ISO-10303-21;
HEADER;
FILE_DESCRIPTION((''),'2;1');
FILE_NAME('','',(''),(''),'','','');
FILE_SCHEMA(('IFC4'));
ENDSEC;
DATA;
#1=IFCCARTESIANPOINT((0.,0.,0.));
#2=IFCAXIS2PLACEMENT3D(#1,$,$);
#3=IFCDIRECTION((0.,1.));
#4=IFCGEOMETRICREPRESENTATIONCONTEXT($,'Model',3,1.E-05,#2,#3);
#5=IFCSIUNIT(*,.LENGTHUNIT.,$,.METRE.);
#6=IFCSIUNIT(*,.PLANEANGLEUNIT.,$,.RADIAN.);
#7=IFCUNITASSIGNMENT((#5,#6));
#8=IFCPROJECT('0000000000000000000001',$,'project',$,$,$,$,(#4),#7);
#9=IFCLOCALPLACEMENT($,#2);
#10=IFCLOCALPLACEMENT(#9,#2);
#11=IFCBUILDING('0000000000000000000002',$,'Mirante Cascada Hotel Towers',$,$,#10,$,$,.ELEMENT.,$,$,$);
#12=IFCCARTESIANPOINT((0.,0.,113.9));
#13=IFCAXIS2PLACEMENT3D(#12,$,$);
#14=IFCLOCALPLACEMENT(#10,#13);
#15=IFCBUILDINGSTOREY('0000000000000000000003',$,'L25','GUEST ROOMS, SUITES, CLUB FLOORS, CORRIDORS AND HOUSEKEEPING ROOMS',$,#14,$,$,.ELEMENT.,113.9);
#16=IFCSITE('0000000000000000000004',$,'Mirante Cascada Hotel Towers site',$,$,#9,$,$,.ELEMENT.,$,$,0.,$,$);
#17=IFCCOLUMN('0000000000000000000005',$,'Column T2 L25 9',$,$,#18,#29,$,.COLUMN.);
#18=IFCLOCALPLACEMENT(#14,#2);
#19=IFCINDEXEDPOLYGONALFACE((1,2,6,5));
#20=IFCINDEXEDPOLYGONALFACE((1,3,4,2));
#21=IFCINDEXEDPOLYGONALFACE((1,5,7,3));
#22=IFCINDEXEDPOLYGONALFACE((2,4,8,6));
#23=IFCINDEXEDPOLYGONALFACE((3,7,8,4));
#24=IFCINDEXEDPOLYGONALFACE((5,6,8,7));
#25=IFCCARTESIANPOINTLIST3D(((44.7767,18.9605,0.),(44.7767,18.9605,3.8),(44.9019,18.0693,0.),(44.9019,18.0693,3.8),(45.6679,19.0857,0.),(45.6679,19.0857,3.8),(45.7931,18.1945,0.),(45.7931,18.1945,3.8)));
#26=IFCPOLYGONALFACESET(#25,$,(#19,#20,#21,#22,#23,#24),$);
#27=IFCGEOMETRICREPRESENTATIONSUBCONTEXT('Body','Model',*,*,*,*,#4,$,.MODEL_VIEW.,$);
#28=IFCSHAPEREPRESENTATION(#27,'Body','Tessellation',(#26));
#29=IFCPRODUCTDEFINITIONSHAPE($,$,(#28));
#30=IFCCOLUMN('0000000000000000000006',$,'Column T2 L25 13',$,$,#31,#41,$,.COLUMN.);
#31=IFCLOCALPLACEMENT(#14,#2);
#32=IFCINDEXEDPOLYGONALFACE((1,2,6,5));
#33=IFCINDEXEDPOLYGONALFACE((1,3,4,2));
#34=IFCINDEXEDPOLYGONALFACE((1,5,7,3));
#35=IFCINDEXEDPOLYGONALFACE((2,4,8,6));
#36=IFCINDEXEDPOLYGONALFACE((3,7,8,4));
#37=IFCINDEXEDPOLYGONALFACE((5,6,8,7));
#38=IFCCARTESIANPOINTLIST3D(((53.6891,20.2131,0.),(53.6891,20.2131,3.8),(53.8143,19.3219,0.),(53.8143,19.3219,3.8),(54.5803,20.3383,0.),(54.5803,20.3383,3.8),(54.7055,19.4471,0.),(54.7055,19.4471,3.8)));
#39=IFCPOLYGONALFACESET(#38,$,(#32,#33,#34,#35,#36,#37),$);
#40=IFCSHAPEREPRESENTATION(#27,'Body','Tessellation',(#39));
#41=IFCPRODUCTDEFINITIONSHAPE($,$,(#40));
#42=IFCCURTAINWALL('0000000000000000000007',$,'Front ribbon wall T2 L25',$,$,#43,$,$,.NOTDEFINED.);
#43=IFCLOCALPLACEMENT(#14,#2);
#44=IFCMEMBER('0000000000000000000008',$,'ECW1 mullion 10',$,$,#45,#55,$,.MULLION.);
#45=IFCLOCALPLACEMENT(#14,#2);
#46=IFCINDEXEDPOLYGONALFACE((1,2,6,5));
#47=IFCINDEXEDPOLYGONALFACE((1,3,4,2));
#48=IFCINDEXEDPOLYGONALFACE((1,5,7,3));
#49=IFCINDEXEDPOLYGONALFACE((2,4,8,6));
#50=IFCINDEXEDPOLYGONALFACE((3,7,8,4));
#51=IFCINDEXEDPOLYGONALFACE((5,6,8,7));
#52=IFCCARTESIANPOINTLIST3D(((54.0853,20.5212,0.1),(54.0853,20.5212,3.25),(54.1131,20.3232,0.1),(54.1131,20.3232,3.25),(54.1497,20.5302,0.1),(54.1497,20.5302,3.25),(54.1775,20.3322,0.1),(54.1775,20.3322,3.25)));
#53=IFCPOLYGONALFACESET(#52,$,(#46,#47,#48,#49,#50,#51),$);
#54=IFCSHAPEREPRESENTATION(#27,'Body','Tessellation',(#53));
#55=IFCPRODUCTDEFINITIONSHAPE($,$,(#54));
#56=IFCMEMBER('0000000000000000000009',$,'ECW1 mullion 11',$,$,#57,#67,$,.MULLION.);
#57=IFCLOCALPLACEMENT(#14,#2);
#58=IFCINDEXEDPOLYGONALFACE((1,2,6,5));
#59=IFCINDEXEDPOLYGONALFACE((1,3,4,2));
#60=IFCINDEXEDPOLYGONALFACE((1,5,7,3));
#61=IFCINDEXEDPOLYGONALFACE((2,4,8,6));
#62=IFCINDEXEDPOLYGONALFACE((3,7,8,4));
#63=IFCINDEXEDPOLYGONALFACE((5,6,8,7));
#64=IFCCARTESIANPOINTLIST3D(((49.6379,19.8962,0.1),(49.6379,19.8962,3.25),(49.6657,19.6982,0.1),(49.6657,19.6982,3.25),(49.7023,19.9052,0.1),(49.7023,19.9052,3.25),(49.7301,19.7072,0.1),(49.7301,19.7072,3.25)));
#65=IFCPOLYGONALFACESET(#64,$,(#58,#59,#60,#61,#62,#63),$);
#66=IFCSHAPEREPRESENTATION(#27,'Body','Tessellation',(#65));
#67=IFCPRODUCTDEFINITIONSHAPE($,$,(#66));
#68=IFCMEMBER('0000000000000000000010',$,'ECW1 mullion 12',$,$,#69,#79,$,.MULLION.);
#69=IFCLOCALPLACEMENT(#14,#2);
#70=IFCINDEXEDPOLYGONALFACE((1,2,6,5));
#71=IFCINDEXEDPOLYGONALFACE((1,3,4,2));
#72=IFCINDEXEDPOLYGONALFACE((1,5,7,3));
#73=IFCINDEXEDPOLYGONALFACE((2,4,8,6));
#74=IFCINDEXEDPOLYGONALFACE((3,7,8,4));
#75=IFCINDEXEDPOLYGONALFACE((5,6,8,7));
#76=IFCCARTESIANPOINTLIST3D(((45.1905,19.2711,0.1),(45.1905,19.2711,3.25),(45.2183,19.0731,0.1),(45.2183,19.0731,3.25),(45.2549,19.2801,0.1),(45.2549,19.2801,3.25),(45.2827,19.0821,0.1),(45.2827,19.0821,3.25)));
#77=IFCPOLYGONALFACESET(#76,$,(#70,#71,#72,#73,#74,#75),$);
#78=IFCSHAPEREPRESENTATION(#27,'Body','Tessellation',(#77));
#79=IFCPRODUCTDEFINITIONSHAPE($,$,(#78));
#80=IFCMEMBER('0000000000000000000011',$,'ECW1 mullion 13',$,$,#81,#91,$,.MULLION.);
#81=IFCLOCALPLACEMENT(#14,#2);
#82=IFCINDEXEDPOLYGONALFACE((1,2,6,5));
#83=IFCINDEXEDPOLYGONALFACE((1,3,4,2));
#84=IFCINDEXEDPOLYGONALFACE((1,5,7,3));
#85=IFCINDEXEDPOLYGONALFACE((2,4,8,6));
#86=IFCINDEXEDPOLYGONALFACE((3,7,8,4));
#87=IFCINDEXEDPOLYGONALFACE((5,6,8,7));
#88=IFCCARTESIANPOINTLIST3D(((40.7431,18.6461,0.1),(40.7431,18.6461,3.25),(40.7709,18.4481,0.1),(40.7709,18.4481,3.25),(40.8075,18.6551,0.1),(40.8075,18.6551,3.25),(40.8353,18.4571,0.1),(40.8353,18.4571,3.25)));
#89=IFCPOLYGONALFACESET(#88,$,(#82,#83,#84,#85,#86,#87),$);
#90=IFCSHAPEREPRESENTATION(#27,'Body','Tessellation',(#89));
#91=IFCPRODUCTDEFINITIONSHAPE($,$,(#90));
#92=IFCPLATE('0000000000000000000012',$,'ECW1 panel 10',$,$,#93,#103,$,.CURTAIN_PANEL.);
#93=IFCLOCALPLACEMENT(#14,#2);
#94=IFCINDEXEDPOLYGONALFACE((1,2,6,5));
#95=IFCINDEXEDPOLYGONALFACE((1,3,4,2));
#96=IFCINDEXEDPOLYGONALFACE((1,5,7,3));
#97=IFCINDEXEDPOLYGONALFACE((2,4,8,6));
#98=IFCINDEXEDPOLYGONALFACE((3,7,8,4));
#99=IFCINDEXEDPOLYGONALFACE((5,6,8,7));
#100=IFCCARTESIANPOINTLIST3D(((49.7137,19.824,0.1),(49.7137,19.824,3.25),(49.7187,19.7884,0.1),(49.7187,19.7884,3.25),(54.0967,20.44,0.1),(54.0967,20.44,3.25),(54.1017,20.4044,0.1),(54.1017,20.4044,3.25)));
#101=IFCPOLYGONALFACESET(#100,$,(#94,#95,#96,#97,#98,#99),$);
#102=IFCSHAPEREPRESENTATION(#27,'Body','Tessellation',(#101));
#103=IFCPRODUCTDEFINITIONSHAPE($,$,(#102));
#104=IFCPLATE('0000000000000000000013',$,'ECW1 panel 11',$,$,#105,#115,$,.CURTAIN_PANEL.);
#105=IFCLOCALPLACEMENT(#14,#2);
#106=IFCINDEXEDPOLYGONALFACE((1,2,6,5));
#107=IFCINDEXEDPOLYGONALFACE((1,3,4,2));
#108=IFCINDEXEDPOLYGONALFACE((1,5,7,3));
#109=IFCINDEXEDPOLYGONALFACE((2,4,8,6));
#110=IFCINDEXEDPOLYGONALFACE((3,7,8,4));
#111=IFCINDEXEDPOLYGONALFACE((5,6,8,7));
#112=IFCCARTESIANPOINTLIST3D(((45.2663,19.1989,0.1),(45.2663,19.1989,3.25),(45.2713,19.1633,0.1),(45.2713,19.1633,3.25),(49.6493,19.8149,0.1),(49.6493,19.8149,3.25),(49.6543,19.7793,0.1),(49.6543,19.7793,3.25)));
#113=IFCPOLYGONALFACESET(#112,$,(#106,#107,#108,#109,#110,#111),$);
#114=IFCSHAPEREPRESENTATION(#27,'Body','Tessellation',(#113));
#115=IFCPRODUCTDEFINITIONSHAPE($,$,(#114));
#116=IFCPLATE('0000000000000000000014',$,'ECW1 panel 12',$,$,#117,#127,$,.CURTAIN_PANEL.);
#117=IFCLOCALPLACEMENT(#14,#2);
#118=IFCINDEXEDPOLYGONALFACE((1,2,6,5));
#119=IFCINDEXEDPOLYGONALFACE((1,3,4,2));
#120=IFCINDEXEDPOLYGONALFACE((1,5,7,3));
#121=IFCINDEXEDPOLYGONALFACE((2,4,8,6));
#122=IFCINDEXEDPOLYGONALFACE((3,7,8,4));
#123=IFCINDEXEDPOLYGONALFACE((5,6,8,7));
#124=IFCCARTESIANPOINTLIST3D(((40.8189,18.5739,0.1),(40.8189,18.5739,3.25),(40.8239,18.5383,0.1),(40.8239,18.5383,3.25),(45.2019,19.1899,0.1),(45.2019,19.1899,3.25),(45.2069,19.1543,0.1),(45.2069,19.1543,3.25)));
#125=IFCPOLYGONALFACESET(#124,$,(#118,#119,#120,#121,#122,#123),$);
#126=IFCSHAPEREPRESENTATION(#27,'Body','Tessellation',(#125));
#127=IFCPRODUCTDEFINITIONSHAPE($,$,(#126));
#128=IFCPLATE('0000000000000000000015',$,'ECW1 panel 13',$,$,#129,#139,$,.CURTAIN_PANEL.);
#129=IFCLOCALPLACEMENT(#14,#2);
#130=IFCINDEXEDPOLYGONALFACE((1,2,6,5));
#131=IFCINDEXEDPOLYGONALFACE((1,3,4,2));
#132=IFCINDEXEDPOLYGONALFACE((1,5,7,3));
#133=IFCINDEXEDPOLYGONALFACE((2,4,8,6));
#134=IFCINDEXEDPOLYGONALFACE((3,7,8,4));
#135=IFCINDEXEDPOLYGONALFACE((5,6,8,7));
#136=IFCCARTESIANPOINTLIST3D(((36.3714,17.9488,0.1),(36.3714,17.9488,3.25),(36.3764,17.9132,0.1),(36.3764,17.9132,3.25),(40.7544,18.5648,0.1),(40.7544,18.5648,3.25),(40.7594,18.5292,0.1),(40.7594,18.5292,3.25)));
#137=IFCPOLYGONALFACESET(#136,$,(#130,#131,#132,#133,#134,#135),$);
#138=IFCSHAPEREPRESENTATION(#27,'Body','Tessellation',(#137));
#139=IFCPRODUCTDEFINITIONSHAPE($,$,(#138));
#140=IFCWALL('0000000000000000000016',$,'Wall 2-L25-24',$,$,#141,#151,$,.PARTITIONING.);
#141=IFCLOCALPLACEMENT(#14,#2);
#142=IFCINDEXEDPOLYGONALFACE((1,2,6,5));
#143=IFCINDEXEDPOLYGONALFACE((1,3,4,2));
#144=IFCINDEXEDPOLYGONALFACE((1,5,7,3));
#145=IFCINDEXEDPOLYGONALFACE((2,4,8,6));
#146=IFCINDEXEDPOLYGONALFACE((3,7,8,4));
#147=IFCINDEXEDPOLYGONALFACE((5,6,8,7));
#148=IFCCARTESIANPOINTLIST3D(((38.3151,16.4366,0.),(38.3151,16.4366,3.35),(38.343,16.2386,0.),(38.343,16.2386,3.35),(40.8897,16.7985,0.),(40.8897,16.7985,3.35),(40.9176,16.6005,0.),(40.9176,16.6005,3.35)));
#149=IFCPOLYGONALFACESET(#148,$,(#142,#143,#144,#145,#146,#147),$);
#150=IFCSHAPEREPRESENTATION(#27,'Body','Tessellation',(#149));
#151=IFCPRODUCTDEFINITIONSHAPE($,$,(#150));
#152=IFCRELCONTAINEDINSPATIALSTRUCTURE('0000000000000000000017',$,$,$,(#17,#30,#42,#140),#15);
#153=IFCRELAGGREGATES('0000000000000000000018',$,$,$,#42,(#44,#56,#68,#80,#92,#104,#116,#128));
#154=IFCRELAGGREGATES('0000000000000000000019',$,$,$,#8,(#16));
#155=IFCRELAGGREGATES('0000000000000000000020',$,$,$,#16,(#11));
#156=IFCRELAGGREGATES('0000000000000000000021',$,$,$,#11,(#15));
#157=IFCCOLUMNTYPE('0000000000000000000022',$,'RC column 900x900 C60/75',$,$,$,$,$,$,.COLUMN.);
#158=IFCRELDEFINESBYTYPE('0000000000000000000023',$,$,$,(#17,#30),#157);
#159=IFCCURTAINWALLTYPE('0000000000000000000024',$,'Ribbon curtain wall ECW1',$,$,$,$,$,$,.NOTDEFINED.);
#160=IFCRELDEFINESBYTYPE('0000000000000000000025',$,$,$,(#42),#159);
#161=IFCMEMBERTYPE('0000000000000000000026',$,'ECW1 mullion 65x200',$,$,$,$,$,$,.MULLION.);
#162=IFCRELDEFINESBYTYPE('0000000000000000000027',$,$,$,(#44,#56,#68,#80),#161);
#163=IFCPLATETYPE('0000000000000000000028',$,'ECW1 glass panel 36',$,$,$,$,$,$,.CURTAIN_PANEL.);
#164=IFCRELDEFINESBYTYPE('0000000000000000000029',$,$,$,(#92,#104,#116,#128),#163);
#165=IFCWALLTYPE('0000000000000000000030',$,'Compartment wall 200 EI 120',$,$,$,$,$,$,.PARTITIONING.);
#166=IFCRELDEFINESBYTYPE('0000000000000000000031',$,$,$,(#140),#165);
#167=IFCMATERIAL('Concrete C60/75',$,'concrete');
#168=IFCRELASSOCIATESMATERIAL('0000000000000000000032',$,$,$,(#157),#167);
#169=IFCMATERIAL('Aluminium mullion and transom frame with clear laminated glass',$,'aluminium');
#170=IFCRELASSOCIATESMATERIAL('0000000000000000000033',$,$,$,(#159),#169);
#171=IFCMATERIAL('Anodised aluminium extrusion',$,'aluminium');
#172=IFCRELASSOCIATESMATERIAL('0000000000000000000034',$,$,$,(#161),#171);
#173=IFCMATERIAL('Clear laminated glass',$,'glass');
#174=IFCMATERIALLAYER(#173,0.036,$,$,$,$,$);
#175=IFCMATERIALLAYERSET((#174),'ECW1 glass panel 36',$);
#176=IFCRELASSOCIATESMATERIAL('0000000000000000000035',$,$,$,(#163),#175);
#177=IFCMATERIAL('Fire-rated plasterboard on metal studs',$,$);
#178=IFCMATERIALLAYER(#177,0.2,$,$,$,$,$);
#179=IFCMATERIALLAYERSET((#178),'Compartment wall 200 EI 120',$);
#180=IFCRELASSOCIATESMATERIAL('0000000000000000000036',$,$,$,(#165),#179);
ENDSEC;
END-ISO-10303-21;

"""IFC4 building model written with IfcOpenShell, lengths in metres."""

from ifc_helpers import new_model, si_unit, direction, frame, frame_2d, origin, origin_2d, place, context, subcontext, project, spatial, rectangle, extrude, material, layer, layer_set, material_profile, profile_set, type_object, element, aggregate, save


model = new_model("IFC4")

# Units and contexts
model_context = context("Model", 3, precision=1e-05, world=origin(), true_north=direction((0.0, 1.0)))
body_context = subcontext(model_context, "Body", "Model", "MODEL_VIEW")
ifc_project = project(units=[si_unit("LENGTHUNIT", "METRE"), si_unit("PLANEANGLEUNIT", "RADIAN")], contexts=[model_context])

# Site, building, storey
site_placement = place(None, origin())
site = spatial("IfcSite", under=ifc_project, at=site_placement, Name="Mirante Cascada Hotel Towers site", CompositionType="ELEMENT", RefElevation=0.0)
building_placement = place(site_placement, origin())
building = spatial("IfcBuilding", under=site, at=building_placement, Name="Mirante Cascada Hotel Towers", CompositionType="ELEMENT")
storey_placement = place(building_placement, frame((0.0, 0.0, 113.9)))
storey = spatial("IfcBuildingStorey", under=building, at=storey_placement, Name="L25", Description="GUEST ROOMS, SUITES, CLUB FLOORS, CORRIDORS AND HOUSEKEEPING ROOMS", CompositionType="ELEMENT", Elevation=113.9)

# Columns
ifc_material_1 = material(Name="Concrete C60/75", Category="concrete")
ifc_material_profile_1 = material_profile(ifc_material_1, rectangle(XDim=0.9, YDim=0.9, at=origin_2d()), Name="RC column 900x900 C60/75")
ifc_profile_set_1 = profile_set([ifc_material_profile_1], Name="Concrete C60/75")
column_type = type_object("IfcColumnType", Name="RC column 900x900 C60/75", PredefinedType="COLUMN", material=ifc_profile_set_1)
for number, where, z_axis, x_axis, name in (
    (1, (45.2849, 18.5775, 0.0), (0.0, 0.0, 1.0), (0.990268, 0.139173, 0.0), "Column T2 L25 9"),
    (2, (54.1973, 19.8301, 0.0), (0.0, 0.0, 1.0), (0.990268, 0.139173, 0.0), "Column T2 L25 13"),
):
    element("IfcColumn", number, at=place(storey_placement, frame(where, z_axis=z_axis, x_axis=x_axis)), inside=storey, type_object=column_type, Name=name, PredefinedType="COLUMN", context=body_context, shape_type="SweptSolid", body=[
        extrude(rectangle(XDim=0.9, YDim=0.9, at=origin_2d()), origin(), (0.0, 0.0, 1.0), 3.8),
    ])

# Curtain wall, members, plates
ifc_material_2 = material(Name="Aluminium mullion and transom frame with clear laminated glass", Category="aluminium")
curtain_wall_type = type_object("IfcCurtainWallType", Name="Ribbon curtain wall ECW1", PredefinedType="NOTDEFINED", material=ifc_material_2)
curtain_wall_placement = place(storey_placement, origin())
curtain_wall = element("IfcCurtainWall", 3, at=curtain_wall_placement, inside=storey, type_object=curtain_wall_type, Name="Front ribbon wall T2 L25", PredefinedType="NOTDEFINED")
ifc_material_3 = material(Name="Anodised aluminium extrusion", Category="aluminium")
ifc_material_profile_2 = material_profile(ifc_material_3, rectangle(XDim=0.2, YDim=0.065, at=origin_2d()), Name="ECW1 MULLION 65x200")
ifc_profile_set_2 = profile_set([ifc_material_profile_2], Name="Anodised aluminium extrusion")
member_type = type_object("IfcMemberType", Name="ECW1 mullion 65x200", PredefinedType="MULLION", material=ifc_profile_set_2)
member_1_placement = place(storey_placement, frame((54.1314, 20.4267, 0.1), z_axis=(0.0, 0.0, 1.0), x_axis=(0.139173, -0.990268, 0.0)))
member_1 = element("IfcMember", 4, at=member_1_placement, type_object=member_type, Name="ECW1 mullion 10", PredefinedType="MULLION", context=body_context, shape_type="SweptSolid", body=[
    extrude(rectangle(XDim=0.2, YDim=0.065, at=origin_2d()), origin(), (0.0, 0.0, 1.0), 3.15),
])
member_2_placement = place(storey_placement, frame((49.684, 19.8017, 0.1), z_axis=(0.0, 0.0, 1.0), x_axis=(0.139173, -0.990268, 0.0)))
member_2 = element("IfcMember", 5, at=member_2_placement, type_object=member_type, Name="ECW1 mullion 11", PredefinedType="MULLION", context=body_context, shape_type="SweptSolid", body=[
    extrude(rectangle(XDim=0.2, YDim=0.065, at=origin_2d()), origin(), (0.0, 0.0, 1.0), 3.15),
])
member_3_placement = place(storey_placement, frame((45.2366, 19.1766, 0.1), z_axis=(0.0, 0.0, 1.0), x_axis=(0.139173, -0.990268, 0.0)))
member_3 = element("IfcMember", 6, at=member_3_placement, type_object=member_type, Name="ECW1 mullion 12", PredefinedType="MULLION", context=body_context, shape_type="SweptSolid", body=[
    extrude(rectangle(XDim=0.2, YDim=0.065, at=origin_2d()), origin(), (0.0, 0.0, 1.0), 3.15),
])
member_4_placement = place(storey_placement, frame((40.7892, 18.5516, 0.1), z_axis=(0.0, 0.0, 1.0), x_axis=(0.139173, -0.990268, 0.0)))
member_4 = element("IfcMember", 7, at=member_4_placement, type_object=member_type, Name="ECW1 mullion 13", PredefinedType="MULLION", context=body_context, shape_type="SweptSolid", body=[
    extrude(rectangle(XDim=0.2, YDim=0.065, at=origin_2d()), origin(), (0.0, 0.0, 1.0), 3.15),
])
ifc_material_4 = material(Name="Clear laminated glass", Category="glass")
ifc_layer_1 = layer(ifc_material_4, 0.036)
ifc_layer_set_1 = layer_set([ifc_layer_1], Name="ECW1 glass panel 36")
plate_type = type_object("IfcPlateType", Name="ECW1 glass panel 36", PredefinedType="CURTAIN_PANEL", material=ifc_layer_set_1)
plate_1_placement = place(storey_placement, frame((51.9077, 20.1142, 0.1), z_axis=(0.0, 0.0, 1.0), x_axis=(-0.990268, -0.139173, 0.0)))
plate_1 = element("IfcPlate", 8, at=plate_1_placement, type_object=plate_type, Name="ECW1 panel 10", PredefinedType="CURTAIN_PANEL", context=body_context, shape_type="SweptSolid", body=[
    extrude(rectangle(XDim=4.4261, YDim=0.036, at=origin_2d()), origin(), (0.0, 0.0, 1.0), 3.15),
])
plate_2_placement = place(storey_placement, frame((47.4603, 19.4891, 0.1), z_axis=(0.0, 0.0, 1.0), x_axis=(-0.990268, -0.139173, 0.0)))
plate_2 = element("IfcPlate", 9, at=plate_2_placement, type_object=plate_type, Name="ECW1 panel 11", PredefinedType="CURTAIN_PANEL", context=body_context, shape_type="SweptSolid", body=[
    extrude(rectangle(XDim=4.4261, YDim=0.036, at=origin_2d()), origin(), (0.0, 0.0, 1.0), 3.15),
])
plate_3_placement = place(storey_placement, frame((43.0129, 18.8641, 0.1), z_axis=(0.0, 0.0, 1.0), x_axis=(-0.990268, -0.139173, 0.0)))
plate_3 = element("IfcPlate", 10, at=plate_3_placement, type_object=plate_type, Name="ECW1 panel 12", PredefinedType="CURTAIN_PANEL", context=body_context, shape_type="SweptSolid", body=[
    extrude(rectangle(XDim=4.4261, YDim=0.036, at=origin_2d()), origin(), (0.0, 0.0, 1.0), 3.15),
])
plate_4_placement = place(storey_placement, frame((38.5654, 18.239, 0.1), z_axis=(0.0, 0.0, 1.0), x_axis=(-0.990268, -0.139173, 0.0)))
plate_4 = element("IfcPlate", 11, at=plate_4_placement, type_object=plate_type, Name="ECW1 panel 13", PredefinedType="CURTAIN_PANEL", context=body_context, shape_type="SweptSolid", body=[
    extrude(rectangle(XDim=4.4261, YDim=0.036, at=origin_2d()), origin(), (0.0, 0.0, 1.0), 3.15),
])
aggregate(curtain_wall, [member_1, member_2, member_3, member_4, plate_1, plate_2, plate_3, plate_4])

# Wall
ifc_material_5 = material(Name="Fire-rated plasterboard on metal studs")
ifc_layer_2 = layer(ifc_material_5, 0.2)
ifc_layer_set_2 = layer_set([ifc_layer_2], Name="Compartment wall 200 EI 120")
wall_type_1 = type_object("IfcWallType", Name="Compartment wall 200 EI 120", PredefinedType="PARTITIONING", material=ifc_layer_set_2)
wall_1_placement = place(storey_placement, frame((38.329, 16.3376, 0.0), z_axis=(0.0, 0.0, 1.0), x_axis=(0.990265, 0.139197, 0.0)))
element("IfcWall", 12, at=wall_1_placement, inside=storey, type_object=wall_type_1, Name="Wall 2-L25-24", PredefinedType="PARTITIONING", context=body_context, shape_type="SweptSolid", body=[
    extrude(rectangle(XDim=2.5999, YDim=0.2, at=frame_2d((1.3, 0.0))), origin(), (0.0, 0.0, 1.0), 3.35),
])

save(model, "model.ifc")
